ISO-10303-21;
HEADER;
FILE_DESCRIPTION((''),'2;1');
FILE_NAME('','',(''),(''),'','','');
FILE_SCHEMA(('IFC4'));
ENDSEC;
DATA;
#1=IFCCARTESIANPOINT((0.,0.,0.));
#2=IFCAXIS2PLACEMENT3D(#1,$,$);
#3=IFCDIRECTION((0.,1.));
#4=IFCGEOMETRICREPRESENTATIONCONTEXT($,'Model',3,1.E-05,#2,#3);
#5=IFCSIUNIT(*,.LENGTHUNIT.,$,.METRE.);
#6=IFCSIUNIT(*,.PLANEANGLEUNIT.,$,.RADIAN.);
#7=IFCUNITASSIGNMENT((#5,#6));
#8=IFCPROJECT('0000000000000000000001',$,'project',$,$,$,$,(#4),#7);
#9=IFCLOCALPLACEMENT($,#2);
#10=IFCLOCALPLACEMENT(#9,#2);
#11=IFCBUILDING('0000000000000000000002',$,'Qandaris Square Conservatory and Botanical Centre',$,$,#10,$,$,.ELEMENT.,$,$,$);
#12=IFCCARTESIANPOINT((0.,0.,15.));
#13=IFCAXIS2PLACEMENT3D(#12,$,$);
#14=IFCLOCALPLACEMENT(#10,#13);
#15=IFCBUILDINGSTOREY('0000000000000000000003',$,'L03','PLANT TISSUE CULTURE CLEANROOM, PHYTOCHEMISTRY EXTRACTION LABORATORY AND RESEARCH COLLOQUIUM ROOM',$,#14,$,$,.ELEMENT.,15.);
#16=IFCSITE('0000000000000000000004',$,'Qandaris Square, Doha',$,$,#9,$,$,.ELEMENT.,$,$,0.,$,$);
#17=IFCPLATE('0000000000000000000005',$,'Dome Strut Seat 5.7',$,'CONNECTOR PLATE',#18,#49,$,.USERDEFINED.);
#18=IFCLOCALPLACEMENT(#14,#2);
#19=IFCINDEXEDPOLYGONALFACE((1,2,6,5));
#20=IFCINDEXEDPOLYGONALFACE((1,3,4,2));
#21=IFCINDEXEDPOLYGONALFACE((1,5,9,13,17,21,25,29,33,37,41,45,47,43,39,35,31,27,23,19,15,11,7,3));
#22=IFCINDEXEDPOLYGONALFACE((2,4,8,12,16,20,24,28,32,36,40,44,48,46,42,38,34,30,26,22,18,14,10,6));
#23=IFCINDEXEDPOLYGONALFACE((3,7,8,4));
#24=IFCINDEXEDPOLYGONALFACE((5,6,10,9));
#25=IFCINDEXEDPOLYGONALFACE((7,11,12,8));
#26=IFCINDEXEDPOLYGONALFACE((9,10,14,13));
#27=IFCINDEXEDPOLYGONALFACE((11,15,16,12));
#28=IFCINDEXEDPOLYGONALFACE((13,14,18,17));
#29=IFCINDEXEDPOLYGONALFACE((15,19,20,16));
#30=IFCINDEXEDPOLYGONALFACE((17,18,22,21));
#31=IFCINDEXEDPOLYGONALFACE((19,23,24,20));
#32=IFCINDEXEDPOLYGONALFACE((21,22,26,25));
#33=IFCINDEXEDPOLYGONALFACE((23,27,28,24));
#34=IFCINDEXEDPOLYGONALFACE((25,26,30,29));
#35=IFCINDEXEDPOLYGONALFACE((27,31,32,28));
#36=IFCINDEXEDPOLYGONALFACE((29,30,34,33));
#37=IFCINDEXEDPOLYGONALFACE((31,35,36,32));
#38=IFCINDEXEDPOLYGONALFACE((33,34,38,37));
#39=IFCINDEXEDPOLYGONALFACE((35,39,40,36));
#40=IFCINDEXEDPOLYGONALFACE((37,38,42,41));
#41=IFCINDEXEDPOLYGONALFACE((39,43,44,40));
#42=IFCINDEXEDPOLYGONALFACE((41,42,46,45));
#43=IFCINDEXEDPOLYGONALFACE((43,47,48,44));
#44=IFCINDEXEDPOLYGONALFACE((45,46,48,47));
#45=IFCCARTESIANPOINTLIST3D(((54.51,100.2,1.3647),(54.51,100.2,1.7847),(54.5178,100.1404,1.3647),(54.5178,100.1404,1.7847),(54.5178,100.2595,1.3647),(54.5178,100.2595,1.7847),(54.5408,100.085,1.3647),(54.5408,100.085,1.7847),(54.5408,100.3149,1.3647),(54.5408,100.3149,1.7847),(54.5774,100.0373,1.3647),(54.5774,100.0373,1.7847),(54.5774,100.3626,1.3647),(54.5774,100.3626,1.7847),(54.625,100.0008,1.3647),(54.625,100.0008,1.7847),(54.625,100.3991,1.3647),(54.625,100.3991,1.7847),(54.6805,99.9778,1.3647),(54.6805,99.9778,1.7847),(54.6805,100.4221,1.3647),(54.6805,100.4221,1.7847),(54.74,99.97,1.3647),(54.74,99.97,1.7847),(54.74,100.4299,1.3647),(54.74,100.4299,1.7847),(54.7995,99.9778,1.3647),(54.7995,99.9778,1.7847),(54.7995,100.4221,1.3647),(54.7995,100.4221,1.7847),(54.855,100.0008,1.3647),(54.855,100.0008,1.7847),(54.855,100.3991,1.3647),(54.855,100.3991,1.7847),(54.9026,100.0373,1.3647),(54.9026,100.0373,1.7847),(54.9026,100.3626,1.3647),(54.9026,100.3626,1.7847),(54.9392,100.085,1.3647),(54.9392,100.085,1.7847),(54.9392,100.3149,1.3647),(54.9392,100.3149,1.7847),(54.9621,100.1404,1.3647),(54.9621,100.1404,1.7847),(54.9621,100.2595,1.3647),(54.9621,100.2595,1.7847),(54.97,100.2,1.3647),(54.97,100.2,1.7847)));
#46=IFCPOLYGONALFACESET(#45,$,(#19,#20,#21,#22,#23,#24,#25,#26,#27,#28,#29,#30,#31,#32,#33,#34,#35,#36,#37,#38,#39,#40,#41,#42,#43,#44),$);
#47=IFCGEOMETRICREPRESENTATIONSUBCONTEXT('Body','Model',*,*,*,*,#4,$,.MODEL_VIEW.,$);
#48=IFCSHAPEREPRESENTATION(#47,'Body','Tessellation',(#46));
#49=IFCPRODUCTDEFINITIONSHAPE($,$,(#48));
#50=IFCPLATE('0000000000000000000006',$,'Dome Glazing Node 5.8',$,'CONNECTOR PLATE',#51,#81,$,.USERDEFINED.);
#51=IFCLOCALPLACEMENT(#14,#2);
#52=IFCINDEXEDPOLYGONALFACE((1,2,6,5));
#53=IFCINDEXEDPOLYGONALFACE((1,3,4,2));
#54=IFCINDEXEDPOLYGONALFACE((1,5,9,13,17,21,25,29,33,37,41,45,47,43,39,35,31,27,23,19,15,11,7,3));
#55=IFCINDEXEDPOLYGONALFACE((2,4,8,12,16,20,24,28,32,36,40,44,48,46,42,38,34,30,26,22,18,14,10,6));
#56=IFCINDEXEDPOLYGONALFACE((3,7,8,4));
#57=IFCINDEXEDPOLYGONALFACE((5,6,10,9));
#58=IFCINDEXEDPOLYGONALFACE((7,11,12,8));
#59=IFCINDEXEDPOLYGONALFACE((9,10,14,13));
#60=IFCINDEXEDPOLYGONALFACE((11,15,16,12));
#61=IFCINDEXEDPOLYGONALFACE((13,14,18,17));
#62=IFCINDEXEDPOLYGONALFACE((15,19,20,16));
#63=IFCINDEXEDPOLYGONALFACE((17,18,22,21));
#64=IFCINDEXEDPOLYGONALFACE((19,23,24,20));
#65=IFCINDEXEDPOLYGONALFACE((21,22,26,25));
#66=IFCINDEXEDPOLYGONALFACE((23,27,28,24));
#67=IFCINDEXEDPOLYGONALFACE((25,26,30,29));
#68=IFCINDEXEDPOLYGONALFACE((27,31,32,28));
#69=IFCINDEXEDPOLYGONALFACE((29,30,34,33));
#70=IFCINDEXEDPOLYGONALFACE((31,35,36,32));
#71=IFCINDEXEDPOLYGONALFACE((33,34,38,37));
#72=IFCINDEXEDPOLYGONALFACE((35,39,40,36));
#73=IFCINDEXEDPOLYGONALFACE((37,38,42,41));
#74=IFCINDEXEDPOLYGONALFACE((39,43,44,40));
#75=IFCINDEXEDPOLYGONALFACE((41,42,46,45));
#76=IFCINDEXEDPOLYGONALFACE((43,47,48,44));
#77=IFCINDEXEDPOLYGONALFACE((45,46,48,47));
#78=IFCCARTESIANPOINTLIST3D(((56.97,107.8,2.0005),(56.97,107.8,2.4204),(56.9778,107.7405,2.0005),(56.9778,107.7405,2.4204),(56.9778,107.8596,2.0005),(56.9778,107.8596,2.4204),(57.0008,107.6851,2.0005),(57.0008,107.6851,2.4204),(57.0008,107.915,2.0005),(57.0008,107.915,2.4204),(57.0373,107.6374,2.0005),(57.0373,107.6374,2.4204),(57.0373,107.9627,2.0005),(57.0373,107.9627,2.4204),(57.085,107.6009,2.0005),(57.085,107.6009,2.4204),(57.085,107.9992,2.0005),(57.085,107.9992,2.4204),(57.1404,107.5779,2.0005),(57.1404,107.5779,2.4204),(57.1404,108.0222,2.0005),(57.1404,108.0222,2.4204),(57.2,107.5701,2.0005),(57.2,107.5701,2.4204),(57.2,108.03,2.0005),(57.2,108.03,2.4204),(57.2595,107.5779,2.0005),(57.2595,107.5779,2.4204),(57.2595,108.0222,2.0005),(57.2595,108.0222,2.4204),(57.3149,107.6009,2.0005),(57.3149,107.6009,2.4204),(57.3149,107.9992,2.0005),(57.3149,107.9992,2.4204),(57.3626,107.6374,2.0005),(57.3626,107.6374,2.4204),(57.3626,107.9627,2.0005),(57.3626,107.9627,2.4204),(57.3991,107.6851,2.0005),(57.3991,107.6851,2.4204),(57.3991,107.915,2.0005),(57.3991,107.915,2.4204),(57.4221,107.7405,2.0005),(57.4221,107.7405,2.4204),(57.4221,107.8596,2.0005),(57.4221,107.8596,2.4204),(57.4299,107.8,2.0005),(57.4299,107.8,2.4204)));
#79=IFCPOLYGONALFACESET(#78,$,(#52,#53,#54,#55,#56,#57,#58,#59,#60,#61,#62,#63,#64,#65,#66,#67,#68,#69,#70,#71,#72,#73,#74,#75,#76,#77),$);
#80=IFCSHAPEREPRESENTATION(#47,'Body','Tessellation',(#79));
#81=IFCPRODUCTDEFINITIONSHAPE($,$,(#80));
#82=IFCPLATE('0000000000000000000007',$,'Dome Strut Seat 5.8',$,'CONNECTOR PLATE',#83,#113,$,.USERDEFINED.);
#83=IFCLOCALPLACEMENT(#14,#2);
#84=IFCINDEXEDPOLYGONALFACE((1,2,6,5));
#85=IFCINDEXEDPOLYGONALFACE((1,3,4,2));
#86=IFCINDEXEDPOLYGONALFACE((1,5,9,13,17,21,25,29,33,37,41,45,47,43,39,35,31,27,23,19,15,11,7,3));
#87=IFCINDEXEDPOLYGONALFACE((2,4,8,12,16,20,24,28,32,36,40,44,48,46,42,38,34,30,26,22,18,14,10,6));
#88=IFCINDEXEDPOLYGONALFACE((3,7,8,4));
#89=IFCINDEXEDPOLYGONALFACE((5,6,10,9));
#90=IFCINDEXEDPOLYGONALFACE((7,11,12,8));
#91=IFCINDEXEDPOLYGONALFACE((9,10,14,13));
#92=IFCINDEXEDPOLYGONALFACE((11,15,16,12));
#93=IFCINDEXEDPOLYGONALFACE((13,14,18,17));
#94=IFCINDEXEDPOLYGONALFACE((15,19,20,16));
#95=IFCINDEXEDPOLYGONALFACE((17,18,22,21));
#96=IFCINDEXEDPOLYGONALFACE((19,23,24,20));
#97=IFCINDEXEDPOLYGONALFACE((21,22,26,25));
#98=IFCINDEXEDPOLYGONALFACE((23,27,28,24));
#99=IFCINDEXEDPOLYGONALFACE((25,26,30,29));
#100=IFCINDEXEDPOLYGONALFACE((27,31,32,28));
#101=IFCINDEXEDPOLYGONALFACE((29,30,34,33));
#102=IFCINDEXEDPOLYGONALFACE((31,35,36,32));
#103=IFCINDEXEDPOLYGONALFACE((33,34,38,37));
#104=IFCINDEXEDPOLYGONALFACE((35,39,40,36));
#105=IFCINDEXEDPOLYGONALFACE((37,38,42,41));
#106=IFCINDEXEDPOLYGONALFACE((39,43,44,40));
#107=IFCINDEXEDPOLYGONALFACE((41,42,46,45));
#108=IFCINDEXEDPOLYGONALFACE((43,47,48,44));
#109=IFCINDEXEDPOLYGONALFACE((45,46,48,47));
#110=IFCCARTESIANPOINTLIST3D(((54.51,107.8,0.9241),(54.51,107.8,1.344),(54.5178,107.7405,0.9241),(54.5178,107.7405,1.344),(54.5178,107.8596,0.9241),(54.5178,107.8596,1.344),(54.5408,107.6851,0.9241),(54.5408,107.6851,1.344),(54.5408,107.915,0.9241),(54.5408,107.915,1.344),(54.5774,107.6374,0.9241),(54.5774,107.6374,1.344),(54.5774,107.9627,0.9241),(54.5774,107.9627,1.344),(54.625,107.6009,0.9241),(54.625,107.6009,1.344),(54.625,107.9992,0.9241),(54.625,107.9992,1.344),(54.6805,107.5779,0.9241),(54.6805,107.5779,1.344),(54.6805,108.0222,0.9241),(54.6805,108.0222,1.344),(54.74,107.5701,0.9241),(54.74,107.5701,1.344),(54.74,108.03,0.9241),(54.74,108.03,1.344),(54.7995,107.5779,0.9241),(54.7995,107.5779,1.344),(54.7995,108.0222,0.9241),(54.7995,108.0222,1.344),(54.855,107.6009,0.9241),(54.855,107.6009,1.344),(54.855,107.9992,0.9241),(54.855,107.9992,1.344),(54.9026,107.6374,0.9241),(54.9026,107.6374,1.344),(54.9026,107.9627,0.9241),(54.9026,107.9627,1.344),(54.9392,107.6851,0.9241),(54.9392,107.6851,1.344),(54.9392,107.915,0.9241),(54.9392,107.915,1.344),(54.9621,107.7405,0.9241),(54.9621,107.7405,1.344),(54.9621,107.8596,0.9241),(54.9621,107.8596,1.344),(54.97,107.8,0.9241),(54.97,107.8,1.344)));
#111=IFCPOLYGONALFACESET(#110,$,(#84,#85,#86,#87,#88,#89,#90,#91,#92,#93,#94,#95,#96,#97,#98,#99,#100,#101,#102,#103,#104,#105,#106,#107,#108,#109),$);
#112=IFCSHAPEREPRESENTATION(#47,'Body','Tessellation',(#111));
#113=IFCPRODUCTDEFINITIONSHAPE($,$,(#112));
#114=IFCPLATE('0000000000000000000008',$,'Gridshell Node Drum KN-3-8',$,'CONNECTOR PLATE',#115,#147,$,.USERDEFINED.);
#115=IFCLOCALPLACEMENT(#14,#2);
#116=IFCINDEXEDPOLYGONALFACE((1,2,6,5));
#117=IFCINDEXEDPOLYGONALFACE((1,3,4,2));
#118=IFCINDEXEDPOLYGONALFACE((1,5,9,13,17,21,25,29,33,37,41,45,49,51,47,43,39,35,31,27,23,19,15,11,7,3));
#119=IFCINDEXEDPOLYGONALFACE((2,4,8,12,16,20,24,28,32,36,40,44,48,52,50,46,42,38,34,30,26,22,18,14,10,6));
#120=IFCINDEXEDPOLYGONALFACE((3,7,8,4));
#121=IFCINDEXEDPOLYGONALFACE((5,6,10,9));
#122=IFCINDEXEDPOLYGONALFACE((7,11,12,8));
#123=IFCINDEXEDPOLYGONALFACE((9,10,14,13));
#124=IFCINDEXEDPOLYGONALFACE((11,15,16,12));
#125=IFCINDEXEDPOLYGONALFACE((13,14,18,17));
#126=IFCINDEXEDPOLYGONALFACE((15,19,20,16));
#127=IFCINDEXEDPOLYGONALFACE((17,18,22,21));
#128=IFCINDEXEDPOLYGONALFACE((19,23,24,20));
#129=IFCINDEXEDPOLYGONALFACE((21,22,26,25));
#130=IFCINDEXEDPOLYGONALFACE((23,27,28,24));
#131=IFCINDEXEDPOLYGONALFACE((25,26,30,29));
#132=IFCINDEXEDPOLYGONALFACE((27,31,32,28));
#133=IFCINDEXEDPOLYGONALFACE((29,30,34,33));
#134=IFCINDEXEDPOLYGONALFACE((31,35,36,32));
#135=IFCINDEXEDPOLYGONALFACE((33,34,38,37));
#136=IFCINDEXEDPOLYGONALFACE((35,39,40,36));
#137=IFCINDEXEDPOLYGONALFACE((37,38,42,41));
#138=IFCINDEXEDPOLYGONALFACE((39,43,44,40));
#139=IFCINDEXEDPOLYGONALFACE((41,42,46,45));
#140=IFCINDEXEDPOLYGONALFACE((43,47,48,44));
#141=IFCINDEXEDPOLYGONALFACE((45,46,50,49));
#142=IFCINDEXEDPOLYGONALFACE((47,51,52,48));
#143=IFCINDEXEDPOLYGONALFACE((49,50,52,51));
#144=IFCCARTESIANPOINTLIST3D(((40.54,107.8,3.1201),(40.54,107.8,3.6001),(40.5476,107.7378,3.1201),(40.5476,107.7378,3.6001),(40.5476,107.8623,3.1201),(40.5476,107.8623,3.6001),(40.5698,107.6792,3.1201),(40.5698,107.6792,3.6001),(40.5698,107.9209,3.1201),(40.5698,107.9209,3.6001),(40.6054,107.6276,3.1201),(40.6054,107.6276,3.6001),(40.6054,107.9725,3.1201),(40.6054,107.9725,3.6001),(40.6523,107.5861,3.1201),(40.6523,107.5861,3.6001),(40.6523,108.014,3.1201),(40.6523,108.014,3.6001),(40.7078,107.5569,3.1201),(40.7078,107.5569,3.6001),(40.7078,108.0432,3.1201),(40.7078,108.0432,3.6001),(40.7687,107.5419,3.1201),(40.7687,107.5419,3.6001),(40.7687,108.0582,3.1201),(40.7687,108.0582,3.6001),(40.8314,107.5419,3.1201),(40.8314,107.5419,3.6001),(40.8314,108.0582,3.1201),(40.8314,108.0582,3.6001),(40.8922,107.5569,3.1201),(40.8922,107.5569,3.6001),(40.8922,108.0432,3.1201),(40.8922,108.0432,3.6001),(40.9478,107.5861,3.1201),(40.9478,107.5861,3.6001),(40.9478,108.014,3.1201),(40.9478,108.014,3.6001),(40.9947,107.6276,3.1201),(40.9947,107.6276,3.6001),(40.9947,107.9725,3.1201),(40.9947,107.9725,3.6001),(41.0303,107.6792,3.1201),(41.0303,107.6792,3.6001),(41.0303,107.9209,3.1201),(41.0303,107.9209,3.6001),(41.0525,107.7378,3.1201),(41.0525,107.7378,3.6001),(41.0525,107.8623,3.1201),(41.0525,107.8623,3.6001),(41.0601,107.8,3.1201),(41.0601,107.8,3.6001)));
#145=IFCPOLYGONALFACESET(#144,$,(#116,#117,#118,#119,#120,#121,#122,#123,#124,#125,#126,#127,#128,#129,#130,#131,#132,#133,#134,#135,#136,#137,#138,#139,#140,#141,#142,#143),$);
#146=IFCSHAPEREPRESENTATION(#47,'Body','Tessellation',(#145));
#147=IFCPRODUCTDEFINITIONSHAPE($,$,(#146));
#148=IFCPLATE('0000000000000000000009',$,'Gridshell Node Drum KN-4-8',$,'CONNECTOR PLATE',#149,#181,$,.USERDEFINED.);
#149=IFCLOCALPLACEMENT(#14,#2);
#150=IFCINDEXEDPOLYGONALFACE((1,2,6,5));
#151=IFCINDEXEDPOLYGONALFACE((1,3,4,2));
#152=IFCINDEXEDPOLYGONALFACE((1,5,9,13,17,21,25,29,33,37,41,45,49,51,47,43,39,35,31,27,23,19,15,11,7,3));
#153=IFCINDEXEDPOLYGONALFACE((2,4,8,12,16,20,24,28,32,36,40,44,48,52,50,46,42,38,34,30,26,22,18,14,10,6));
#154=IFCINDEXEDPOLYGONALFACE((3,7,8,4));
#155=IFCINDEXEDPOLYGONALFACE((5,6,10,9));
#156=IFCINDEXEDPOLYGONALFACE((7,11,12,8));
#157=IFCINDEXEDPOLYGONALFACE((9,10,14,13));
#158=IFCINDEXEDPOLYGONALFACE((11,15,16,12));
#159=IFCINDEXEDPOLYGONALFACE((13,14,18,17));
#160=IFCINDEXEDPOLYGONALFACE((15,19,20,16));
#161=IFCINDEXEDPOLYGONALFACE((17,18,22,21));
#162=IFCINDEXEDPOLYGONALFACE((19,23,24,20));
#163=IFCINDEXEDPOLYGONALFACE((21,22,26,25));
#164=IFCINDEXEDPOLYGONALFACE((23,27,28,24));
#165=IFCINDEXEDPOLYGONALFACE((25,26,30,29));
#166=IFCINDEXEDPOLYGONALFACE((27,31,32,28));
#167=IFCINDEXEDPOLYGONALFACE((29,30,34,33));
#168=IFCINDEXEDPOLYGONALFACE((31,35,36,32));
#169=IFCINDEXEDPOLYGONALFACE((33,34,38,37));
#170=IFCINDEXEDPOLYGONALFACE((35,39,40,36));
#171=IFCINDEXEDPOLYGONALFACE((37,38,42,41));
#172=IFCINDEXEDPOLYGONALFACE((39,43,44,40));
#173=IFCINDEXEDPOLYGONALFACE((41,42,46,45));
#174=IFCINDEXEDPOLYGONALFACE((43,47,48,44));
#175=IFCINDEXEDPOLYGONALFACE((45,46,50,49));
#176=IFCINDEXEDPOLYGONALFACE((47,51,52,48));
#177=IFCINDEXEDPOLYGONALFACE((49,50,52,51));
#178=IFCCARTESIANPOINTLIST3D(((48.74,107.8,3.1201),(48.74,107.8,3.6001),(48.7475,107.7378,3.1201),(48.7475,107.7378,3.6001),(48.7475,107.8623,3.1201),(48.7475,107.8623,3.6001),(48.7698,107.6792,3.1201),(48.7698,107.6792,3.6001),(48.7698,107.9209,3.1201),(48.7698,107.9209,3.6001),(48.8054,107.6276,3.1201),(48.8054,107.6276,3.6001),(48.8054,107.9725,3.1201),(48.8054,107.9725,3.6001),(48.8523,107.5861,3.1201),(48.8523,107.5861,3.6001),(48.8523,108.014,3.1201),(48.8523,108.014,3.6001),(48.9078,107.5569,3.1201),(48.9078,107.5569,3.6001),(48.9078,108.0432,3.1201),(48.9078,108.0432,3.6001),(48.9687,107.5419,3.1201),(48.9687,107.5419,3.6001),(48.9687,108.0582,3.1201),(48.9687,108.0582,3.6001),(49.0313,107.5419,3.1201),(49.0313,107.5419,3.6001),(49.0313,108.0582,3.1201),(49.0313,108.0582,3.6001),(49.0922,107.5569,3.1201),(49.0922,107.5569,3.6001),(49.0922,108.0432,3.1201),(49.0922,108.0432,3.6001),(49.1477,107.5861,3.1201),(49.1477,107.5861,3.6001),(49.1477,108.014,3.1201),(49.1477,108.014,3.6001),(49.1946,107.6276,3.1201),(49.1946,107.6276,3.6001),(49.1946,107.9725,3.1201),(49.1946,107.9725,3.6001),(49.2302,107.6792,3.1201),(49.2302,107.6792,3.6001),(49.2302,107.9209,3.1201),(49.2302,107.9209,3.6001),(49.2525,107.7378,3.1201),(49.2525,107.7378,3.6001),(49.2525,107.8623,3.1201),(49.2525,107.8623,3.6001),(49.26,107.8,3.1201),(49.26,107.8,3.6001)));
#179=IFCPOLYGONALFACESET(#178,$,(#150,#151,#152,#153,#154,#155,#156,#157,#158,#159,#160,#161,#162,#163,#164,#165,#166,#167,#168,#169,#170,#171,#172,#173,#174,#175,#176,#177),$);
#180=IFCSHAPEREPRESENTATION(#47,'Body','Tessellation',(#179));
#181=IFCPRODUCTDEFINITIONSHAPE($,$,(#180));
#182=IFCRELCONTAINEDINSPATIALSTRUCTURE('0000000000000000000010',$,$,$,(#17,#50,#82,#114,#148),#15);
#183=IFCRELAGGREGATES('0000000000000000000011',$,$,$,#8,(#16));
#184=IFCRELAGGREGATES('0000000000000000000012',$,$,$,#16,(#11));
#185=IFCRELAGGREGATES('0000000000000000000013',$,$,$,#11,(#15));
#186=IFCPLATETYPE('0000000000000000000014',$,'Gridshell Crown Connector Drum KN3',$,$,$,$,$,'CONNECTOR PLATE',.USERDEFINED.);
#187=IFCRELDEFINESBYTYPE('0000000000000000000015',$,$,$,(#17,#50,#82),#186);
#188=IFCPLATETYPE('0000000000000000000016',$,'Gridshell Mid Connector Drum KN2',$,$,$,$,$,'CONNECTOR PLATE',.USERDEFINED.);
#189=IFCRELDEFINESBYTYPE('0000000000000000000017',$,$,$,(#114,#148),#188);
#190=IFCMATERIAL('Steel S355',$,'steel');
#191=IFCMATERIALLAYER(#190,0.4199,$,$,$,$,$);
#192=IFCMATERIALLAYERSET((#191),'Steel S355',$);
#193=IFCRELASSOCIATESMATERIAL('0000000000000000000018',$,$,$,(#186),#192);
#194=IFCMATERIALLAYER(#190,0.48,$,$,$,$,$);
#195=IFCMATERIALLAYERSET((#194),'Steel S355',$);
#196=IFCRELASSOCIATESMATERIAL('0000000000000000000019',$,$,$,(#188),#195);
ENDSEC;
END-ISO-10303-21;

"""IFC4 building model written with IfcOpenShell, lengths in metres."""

from ifc_helpers import new_model, si_unit, direction, frame, origin, origin_2d, place, context, subcontext, project, spatial, circle, extrude, material, layer, layer_set, type_object, element, save


model = new_model("IFC4")

# Units and contexts
model_context = context("Model", 3, precision=1e-05, world=origin(), true_north=direction((0.0, 1.0)))
body_context = subcontext(model_context, "Body", "Model", "MODEL_VIEW")
ifc_project = project(units=[si_unit("LENGTHUNIT", "METRE"), si_unit("PLANEANGLEUNIT", "RADIAN")], contexts=[model_context])

# Site, building, storey
site_placement = place(None, origin())
site = spatial("IfcSite", under=ifc_project, at=site_placement, Name="Qandaris Square, Doha", CompositionType="ELEMENT", RefElevation=0.0)
building_placement = place(site_placement, origin())
building = spatial("IfcBuilding", under=site, at=building_placement, Name="Qandaris Square Conservatory and Botanical Centre", CompositionType="ELEMENT")
storey_placement = place(building_placement, frame((0.0, 0.0, 15.0)))
storey = spatial("IfcBuildingStorey", under=building, at=storey_placement, Name="L03", Description="PLANT TISSUE CULTURE CLEANROOM, PHYTOCHEMISTRY EXTRACTION LABORATORY AND RESEARCH COLLOQUIUM ROOM", CompositionType="ELEMENT", Elevation=15.0)

# Shared definitions
ifc_material_1 = material(Name="Steel S355", Category="steel")

# Plates
ifc_layer_1 = layer(ifc_material_1, 0.4199)
ifc_layer_set_1 = layer_set([ifc_layer_1], Name="Steel S355")
plate_type_1 = type_object("IfcPlateType", Name="Gridshell Crown Connector Drum KN3", ElementType="CONNECTOR PLATE", PredefinedType="USERDEFINED", material=ifc_layer_set_1)
for number, where, z_axis, x_axis, name in (
    (1, (54.74, 100.2, 1.3647), (0.0, 0.0, 1.0), (1.0, 0.0, 0.0), "Dome Strut Seat 5.7"),
    (2, (57.2, 107.8, 2.0005), (0.0, 0.0, 1.0), (1.0, 0.0, 0.0), "Dome Glazing Node 5.8"),
    (3, (54.74, 107.8, 0.9241), (0.0, 0.0, 1.0), (1.0, 0.0, 0.0), "Dome Strut Seat 5.8"),
):
    element("IfcPlate", number, at=place(storey_placement, frame(where, z_axis=z_axis, x_axis=x_axis)), inside=storey, type_object=plate_type_1, Name=name, ObjectType="CONNECTOR PLATE", PredefinedType="USERDEFINED", context=body_context, shape_type="SweptSolid", body=[
        extrude(circle(Radius=0.23, at=origin_2d()), origin(), (0.0, 0.0, 1.0), 0.4199),
    ])
ifc_layer_2 = layer(ifc_material_1, 0.48)
ifc_layer_set_2 = layer_set([ifc_layer_2], Name="Steel S355")
plate_type_2 = type_object("IfcPlateType", Name="Gridshell Mid Connector Drum KN2", ElementType="CONNECTOR PLATE", PredefinedType="USERDEFINED", material=ifc_layer_set_2)
for number, where, z_axis, x_axis, name in (
    (4, (40.8, 107.8, 3.1201), (0.0, 0.0, 1.0), (1.0, 0.0, 0.0), "Gridshell Node Drum KN-3-8"),
    (5, (49.0, 107.8, 3.1201), (0.0, 0.0, 1.0), (1.0, 0.0, 0.0), "Gridshell Node Drum KN-4-8"),
):
    element("IfcPlate", number, at=place(storey_placement, frame(where, z_axis=z_axis, x_axis=x_axis)), inside=storey, type_object=plate_type_2, Name=name, ObjectType="CONNECTOR PLATE", PredefinedType="USERDEFINED", context=body_context, shape_type="SweptSolid", body=[
        extrude(circle(Radius=0.26, at=origin_2d()), origin(), (0.0, 0.0, 1.0), 0.48),
    ])

save(model, "model.ifc")
